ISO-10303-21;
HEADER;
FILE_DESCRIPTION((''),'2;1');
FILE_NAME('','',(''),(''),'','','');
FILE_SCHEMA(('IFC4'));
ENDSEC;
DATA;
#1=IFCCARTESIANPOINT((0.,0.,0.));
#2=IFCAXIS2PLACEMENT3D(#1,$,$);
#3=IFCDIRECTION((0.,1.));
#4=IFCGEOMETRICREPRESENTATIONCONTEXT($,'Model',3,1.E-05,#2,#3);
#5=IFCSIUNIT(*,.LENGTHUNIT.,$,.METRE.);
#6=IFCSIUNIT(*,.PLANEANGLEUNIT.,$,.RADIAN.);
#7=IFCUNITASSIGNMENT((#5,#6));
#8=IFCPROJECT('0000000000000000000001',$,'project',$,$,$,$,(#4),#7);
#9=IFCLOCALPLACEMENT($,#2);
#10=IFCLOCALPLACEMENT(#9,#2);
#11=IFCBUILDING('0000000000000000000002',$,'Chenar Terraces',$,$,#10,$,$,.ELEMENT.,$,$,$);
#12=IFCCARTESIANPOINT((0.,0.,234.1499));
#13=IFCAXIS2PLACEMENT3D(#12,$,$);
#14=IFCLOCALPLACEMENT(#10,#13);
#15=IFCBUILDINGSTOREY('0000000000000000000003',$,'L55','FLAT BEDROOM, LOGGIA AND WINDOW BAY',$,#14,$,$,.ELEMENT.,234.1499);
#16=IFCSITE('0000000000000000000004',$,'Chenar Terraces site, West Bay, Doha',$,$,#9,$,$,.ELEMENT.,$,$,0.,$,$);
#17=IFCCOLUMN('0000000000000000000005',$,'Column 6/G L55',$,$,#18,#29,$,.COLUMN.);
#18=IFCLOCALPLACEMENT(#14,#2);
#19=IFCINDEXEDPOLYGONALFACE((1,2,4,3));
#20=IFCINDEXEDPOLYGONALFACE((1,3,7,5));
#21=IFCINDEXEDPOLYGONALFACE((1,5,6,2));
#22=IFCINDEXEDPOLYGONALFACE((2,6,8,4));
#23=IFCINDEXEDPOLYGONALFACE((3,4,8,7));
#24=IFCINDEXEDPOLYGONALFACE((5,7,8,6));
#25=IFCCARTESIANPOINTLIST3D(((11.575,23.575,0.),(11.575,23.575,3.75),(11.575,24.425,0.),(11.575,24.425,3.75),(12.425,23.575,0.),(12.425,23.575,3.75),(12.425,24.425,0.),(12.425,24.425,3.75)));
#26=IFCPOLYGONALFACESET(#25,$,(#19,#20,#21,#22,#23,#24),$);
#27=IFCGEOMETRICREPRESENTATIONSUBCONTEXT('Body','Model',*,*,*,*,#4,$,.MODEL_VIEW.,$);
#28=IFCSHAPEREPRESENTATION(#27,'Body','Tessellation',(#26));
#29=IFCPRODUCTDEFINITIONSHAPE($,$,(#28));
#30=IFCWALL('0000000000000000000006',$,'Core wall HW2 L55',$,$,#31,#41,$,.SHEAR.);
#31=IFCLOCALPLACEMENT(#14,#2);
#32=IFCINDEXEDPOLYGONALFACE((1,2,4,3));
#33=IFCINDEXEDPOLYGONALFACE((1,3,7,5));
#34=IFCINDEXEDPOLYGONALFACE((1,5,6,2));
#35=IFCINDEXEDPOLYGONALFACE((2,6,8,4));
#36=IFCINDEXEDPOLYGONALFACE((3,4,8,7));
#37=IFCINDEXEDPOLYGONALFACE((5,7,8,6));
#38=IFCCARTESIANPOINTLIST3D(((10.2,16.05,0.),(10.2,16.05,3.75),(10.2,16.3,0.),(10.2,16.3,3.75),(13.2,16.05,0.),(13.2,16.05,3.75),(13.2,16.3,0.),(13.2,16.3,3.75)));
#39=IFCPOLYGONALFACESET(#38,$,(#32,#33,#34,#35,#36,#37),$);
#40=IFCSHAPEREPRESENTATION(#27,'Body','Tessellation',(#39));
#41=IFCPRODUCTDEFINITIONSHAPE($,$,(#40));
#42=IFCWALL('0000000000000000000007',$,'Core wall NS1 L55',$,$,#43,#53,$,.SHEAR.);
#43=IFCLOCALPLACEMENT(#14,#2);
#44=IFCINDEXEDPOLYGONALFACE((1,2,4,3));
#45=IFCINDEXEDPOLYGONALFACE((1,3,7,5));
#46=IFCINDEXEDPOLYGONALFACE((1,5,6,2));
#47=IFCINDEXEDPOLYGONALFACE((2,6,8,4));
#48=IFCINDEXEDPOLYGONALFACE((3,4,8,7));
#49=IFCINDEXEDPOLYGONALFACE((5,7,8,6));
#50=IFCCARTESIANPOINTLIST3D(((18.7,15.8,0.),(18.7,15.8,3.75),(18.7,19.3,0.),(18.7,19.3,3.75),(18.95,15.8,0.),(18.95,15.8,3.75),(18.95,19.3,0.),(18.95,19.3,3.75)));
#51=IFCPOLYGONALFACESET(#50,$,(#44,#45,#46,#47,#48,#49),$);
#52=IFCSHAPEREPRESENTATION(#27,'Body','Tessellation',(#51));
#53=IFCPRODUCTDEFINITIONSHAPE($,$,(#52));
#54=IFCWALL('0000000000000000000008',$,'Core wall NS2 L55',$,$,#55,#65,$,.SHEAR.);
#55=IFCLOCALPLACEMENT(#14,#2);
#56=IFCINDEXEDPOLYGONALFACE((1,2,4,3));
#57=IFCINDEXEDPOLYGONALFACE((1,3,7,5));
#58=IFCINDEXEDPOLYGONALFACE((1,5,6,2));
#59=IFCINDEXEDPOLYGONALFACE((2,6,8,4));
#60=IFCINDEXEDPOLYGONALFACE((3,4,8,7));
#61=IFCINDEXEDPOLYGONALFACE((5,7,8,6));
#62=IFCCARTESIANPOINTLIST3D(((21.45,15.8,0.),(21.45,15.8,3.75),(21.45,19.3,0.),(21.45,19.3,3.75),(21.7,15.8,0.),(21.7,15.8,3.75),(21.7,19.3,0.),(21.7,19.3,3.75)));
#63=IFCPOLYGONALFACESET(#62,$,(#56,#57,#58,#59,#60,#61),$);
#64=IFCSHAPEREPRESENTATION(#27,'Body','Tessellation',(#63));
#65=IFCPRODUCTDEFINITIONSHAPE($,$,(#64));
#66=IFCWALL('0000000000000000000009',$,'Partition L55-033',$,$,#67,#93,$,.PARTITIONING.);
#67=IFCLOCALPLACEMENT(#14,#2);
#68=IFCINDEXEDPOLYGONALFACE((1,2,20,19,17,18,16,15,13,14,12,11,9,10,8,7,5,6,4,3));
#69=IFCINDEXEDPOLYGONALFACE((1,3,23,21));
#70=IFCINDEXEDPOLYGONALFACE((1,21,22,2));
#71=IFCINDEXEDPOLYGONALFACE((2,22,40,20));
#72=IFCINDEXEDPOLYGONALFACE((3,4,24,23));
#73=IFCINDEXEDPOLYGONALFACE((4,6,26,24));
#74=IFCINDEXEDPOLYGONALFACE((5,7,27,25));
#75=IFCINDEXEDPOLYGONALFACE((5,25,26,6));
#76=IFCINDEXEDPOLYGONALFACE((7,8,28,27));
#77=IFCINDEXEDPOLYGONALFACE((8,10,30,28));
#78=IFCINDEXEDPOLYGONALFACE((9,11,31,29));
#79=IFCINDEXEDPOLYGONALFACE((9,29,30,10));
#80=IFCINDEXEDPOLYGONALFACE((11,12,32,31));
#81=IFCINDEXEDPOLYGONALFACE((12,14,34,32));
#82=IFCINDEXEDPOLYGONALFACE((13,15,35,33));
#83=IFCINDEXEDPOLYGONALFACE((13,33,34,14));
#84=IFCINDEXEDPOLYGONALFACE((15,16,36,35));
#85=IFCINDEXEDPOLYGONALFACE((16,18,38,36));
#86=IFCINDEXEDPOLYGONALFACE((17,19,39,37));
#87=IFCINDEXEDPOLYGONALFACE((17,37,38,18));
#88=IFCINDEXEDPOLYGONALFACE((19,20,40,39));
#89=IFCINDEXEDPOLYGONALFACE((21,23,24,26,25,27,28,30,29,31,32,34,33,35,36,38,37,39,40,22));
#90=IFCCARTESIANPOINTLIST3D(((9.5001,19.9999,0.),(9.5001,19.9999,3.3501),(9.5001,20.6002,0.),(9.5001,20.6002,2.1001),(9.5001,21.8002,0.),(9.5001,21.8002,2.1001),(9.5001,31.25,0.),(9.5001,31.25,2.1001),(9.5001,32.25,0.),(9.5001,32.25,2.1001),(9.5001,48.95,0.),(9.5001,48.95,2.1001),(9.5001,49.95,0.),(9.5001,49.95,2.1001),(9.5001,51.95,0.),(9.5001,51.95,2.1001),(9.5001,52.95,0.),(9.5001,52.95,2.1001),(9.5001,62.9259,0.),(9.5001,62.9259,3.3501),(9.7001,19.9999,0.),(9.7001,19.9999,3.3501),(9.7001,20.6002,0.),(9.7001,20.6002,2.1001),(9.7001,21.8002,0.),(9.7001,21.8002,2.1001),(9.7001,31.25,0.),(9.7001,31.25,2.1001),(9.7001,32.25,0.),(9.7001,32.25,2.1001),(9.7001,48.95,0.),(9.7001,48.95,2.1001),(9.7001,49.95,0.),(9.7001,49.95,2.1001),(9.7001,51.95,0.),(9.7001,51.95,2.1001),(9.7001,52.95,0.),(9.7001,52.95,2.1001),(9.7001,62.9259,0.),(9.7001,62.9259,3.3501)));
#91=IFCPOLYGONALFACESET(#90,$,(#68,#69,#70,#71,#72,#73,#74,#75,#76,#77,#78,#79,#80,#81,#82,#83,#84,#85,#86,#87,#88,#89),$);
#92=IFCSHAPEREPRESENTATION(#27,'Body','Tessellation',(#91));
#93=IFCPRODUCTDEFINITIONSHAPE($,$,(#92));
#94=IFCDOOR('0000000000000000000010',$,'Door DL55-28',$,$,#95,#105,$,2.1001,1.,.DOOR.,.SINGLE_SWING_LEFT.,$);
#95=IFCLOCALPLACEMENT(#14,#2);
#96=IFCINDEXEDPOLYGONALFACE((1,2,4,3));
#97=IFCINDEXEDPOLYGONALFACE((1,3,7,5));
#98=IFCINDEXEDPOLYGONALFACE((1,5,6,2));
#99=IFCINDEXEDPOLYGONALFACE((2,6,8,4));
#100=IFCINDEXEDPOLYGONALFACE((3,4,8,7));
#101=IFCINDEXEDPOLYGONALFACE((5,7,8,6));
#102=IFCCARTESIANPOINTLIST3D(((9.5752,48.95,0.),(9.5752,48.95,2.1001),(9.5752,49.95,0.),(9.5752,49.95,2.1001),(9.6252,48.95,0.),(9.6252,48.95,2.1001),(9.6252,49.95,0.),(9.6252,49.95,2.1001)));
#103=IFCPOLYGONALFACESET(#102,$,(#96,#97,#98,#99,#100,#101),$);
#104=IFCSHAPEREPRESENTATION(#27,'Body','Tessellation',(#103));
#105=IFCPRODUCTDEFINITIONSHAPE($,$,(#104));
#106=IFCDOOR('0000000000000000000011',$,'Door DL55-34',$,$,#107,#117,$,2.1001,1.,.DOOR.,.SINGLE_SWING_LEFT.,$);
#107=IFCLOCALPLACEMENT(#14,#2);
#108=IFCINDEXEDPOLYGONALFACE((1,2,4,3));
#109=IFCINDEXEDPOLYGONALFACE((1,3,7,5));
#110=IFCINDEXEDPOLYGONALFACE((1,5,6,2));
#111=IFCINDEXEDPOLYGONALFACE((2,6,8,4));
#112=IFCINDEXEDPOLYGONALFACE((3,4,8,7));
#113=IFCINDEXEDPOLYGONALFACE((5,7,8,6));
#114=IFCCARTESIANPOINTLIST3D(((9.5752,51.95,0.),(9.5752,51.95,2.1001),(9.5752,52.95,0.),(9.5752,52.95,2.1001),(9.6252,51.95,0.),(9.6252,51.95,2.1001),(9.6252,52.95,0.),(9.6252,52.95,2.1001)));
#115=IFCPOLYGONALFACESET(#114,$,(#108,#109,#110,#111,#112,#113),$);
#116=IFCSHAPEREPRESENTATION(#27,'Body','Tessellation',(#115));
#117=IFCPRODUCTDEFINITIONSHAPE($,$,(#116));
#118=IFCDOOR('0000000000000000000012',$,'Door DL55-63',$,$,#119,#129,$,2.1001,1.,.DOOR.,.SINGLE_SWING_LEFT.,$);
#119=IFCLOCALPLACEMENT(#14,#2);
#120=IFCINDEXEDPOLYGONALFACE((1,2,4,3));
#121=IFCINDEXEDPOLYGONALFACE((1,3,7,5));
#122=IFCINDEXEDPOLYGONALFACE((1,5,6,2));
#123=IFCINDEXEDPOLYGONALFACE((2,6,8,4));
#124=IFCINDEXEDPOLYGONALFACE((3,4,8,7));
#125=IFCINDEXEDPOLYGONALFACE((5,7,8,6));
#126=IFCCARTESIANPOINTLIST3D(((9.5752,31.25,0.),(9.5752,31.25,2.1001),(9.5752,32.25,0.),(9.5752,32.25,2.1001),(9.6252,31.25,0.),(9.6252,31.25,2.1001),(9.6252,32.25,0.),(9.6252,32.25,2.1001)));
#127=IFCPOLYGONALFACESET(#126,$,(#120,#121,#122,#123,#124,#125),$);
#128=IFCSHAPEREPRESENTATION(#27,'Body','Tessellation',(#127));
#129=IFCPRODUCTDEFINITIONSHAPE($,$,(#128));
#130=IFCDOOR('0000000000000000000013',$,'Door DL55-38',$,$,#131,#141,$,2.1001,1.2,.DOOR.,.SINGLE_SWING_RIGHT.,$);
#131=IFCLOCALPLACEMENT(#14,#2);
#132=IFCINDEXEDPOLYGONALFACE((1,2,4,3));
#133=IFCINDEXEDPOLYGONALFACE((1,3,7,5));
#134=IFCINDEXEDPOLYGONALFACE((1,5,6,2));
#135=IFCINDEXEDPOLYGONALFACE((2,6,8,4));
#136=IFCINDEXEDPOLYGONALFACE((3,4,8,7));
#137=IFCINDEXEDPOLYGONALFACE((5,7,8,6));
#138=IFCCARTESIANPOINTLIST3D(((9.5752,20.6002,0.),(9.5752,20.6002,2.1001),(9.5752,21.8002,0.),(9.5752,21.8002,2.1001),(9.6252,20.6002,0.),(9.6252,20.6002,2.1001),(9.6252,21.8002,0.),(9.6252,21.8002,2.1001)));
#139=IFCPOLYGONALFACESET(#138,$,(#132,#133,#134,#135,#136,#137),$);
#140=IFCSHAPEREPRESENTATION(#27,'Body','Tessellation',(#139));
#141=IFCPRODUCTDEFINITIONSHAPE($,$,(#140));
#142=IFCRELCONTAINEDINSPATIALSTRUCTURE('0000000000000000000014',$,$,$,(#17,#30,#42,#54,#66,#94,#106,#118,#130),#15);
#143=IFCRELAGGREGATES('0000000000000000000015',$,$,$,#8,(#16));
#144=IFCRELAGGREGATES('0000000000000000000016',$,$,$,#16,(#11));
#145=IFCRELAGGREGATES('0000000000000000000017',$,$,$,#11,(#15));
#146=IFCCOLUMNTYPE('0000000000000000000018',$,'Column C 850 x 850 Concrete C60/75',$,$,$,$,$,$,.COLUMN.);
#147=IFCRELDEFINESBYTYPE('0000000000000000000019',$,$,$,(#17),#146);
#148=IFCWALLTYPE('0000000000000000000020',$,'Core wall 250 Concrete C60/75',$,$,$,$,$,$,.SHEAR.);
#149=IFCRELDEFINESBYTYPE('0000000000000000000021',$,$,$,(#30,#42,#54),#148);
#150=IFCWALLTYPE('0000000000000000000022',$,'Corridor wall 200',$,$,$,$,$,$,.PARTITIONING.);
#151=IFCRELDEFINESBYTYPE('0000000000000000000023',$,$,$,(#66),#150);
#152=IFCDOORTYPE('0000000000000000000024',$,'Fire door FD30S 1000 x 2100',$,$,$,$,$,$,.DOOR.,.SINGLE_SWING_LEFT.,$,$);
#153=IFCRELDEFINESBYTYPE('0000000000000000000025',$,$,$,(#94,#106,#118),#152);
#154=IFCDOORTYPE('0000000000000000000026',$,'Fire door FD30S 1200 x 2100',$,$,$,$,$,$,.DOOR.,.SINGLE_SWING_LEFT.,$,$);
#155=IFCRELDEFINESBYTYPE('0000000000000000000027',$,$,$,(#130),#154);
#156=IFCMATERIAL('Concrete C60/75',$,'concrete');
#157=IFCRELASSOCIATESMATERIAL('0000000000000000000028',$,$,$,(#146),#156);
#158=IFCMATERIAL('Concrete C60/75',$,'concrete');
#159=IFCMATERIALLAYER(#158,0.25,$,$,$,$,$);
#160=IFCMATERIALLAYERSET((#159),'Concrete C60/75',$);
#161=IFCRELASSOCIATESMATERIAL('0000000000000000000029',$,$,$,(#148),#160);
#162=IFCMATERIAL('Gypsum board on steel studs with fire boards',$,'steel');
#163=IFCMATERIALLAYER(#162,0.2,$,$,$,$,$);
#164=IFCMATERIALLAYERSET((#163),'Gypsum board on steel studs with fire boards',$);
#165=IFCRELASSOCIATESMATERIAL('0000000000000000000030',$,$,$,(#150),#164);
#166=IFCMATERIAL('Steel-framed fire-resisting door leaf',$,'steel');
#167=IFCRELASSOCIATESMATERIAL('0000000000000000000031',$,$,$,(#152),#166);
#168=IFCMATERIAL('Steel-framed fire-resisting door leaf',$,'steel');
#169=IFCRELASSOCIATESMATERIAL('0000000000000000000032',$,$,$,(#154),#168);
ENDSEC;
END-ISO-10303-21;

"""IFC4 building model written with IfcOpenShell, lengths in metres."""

from ifc_helpers import new_model, si_unit, direction, frame, frame_2d, origin, origin_2d, place, context, subcontext, project, spatial, rectangle, extrude, material, layer, layer_set, material_profile, profile_set, type_object, element, fill, save


model = new_model("IFC4")

# Units and contexts
model_context = context("Model", 3, precision=1e-05, world=origin(), true_north=direction((0.0, 1.0)))
body_context = subcontext(model_context, "Body", "Model", "MODEL_VIEW")
ifc_project = project(units=[si_unit("LENGTHUNIT", "METRE"), si_unit("PLANEANGLEUNIT", "RADIAN")], contexts=[model_context])

# Site, building, storey
site_placement = place(None, origin())
site = spatial("IfcSite", under=ifc_project, at=site_placement, Name="Chenar Terraces site, West Bay, Doha", CompositionType="ELEMENT", RefElevation=0.0)
building_placement = place(site_placement, origin())
building = spatial("IfcBuilding", under=site, at=building_placement, Name="Chenar Terraces", CompositionType="ELEMENT")
storey_placement = place(building_placement, frame((0.0, 0.0, 234.1499)))
storey = spatial("IfcBuildingStorey", under=building, at=storey_placement, Name="L55", Description="FLAT BEDROOM, LOGGIA AND WINDOW BAY", CompositionType="ELEMENT", Elevation=234.1499)

# Column
ifc_material_1 = material(Name="Concrete C60/75", Category="concrete")
ifc_material_profile = material_profile(ifc_material_1, rectangle(XDim=0.8501, YDim=0.8501, at=origin_2d()), Name="C 850 x 850")
ifc_profile_set = profile_set([ifc_material_profile], Name="Concrete C60/75")
column_type = type_object("IfcColumnType", Name="Column C 850 x 850 Concrete C60/75", PredefinedType="COLUMN", material=ifc_profile_set)
column_placement = place(storey_placement, frame((12.0, 24.0, 0.0), z_axis=(0.0, 0.0, 1.0), x_axis=(1.0, 0.0, 0.0)))
element("IfcColumn", 1, at=column_placement, inside=storey, type_object=column_type, Name="Column 6/G L55", PredefinedType="COLUMN", context=body_context, shape_type="SweptSolid", body=[
    extrude(rectangle(XDim=0.8501, YDim=0.8501, at=origin_2d()), origin(), (0.0, 0.0, 1.0), 3.75),
])

# Walls
ifc_material_2 = material(Name="Concrete C60/75", Category="concrete")
ifc_layer_1 = layer(ifc_material_2, 0.25)
ifc_layer_set_1 = layer_set([ifc_layer_1], Name="Concrete C60/75")
wall_type_1 = type_object("IfcWallType", Name="Core wall 250 Concrete C60/75", PredefinedType="SHEAR", material=ifc_layer_set_1)
wall_1_placement = place(storey_placement, frame((10.2, 16.175, 0.0), z_axis=(0.0, 0.0, 1.0), x_axis=(1.0, 0.0, 0.0)))
element("IfcWall", 2, at=wall_1_placement, inside=storey, type_object=wall_type_1, Name="Core wall HW2 L55", PredefinedType="SHEAR", context=body_context, shape_type="SweptSolid", body=[
    extrude(rectangle(XDim=3.0, YDim=0.25, at=frame_2d((1.5, 0.0))), origin(), (0.0, 0.0, 1.0), 3.75),
])
for number, where, z_axis, x_axis, name in (
    (3, (18.825, 15.8, 0.0), (0.0, 0.0, 1.0), (0.0, 1.0, 0.0), "Core wall NS1 L55"),
    (4, (21.575, 15.8, 0.0), (0.0, 0.0, 1.0), (0.0, 1.0, 0.0), "Core wall NS2 L55"),
):
    element("IfcWall", number, at=place(storey_placement, frame(where, z_axis=z_axis, x_axis=x_axis)), inside=storey, type_object=wall_type_1, Name=name, PredefinedType="SHEAR", context=body_context, shape_type="SweptSolid", body=[
        extrude(rectangle(XDim=3.5, YDim=0.25, at=frame_2d((1.75, 0.0))), origin(), (0.0, 0.0, 1.0), 3.75),
    ])

# Wall, openings, doors
ifc_material_3 = material(Name="Gypsum board on steel studs with fire boards", Category="steel")
ifc_layer_2 = layer(ifc_material_3, 0.2)
ifc_layer_set_2 = layer_set([ifc_layer_2], Name="Gypsum board on steel studs with fire boards")
wall_type_2 = type_object("IfcWallType", Name="Corridor wall 200", PredefinedType="PARTITIONING", material=ifc_layer_set_2)
wall_2_placement = place(storey_placement, frame((9.6001, 20.0, 0.0), z_axis=(0.0, 0.0, 1.0), x_axis=(0.0, 1.0, 0.0)))
wall_2 = element("IfcWall", 5, at=wall_2_placement, inside=storey, type_object=wall_type_2, Name="Partition L55-033", PredefinedType="PARTITIONING", context=body_context, shape_type="SweptSolid", body=[
    extrude(rectangle(XDim=42.926, YDim=0.2, at=frame_2d((21.4629, 0.0))), origin(), (0.0, 0.0, 1.0), 3.3501),
])
opening_1_placement = place(wall_2_placement, frame((28.95, 0.0, 0.0)))
opening_1 = element("IfcOpeningElement", 6, at=opening_1_placement, cuts=wall_2, PredefinedType="OPENING", context=body_context, shape_type="SweptSolid", body=[
    extrude(rectangle(XDim=1.0, YDim=2.1001, at=frame_2d((0.5, 1.05))), frame((0.0, 0.1099, 0.0), z_axis=(0.0, -1.0, 0.0), x_axis=(1.0, 0.0, 0.0)), (0.0, 0.0, 1.0), 0.22),
])
opening_2_placement = place(wall_2_placement, frame((31.95, 0.0, 0.0)))
opening_2 = element("IfcOpeningElement", 7, at=opening_2_placement, cuts=wall_2, PredefinedType="OPENING", context=body_context, shape_type="SweptSolid", body=[
    extrude(rectangle(XDim=1.0, YDim=2.1001, at=frame_2d((0.5, 1.05))), frame((0.0, 0.1099, 0.0), z_axis=(0.0, -1.0, 0.0), x_axis=(1.0, 0.0, 0.0)), (0.0, 0.0, 1.0), 0.22),
])
opening_3_placement = place(wall_2_placement, frame((0.6001, 0.0, 0.0)))
opening_3 = element("IfcOpeningElement", 8, at=opening_3_placement, cuts=wall_2, PredefinedType="OPENING", context=body_context, shape_type="SweptSolid", body=[
    extrude(rectangle(XDim=1.2, YDim=2.1001, at=frame_2d((0.6001, 1.05))), frame((0.0, 0.1099, 0.0), z_axis=(0.0, -1.0, 0.0), x_axis=(1.0, 0.0, 0.0)), (0.0, 0.0, 1.0), 0.22),
])
opening_4_placement = place(wall_2_placement, frame((11.25, 0.0, 0.0)))
opening_4 = element("IfcOpeningElement", 9, at=opening_4_placement, cuts=wall_2, PredefinedType="OPENING", context=body_context, shape_type="SweptSolid", body=[
    extrude(rectangle(XDim=1.0, YDim=2.1001, at=frame_2d((0.5, 1.05))), frame((0.0, 0.1099, 0.0), z_axis=(0.0, -1.0, 0.0), x_axis=(1.0, 0.0, 0.0)), (0.0, 0.0, 1.0), 0.22),
])
ifc_material_4 = material(Name="Steel-framed fire-resisting door leaf", Category="steel")
door_type_1 = type_object("IfcDoorType", Name="Fire door FD30S 1000 x 2100", OperationType="SINGLE_SWING_LEFT", PredefinedType="DOOR", material=ifc_material_4)
door_1_placement = place(opening_1_placement, origin())
door_1 = element("IfcDoor", 10, at=door_1_placement, inside=storey, type_object=door_type_1, Name="Door DL55-28", OperationType="SINGLE_SWING_LEFT", OverallHeight=2.1001, OverallWidth=1.0, PredefinedType="DOOR", context=body_context, shape_type="SweptSolid", body=[
    extrude(rectangle(XDim=1.0, YDim=2.1001, at=frame_2d((0.5, 1.05))), frame((0.0, 0.0249, 0.0), z_axis=(0.0, -1.0, 0.0), x_axis=(1.0, 0.0, 0.0)), (0.0, 0.0, 1.0), 0.05),
])
fill(opening_1, door_1)
door_2_placement = place(opening_2_placement, origin())
door_2 = element("IfcDoor", 11, at=door_2_placement, inside=storey, type_object=door_type_1, Name="Door DL55-34", OperationType="SINGLE_SWING_LEFT", OverallHeight=2.1001, OverallWidth=1.0, PredefinedType="DOOR", context=body_context, shape_type="SweptSolid", body=[
    extrude(rectangle(XDim=1.0, YDim=2.1001, at=frame_2d((0.5, 1.05))), frame((0.0, 0.0249, 0.0), z_axis=(0.0, -1.0, 0.0), x_axis=(1.0, 0.0, 0.0)), (0.0, 0.0, 1.0), 0.05),
])
fill(opening_2, door_2)
door_3_placement = place(opening_4_placement, origin())
door_3 = element("IfcDoor", 12, at=door_3_placement, inside=storey, type_object=door_type_1, Name="Door DL55-63", OperationType="SINGLE_SWING_LEFT", OverallHeight=2.1001, OverallWidth=1.0, PredefinedType="DOOR", context=body_context, shape_type="SweptSolid", body=[
    extrude(rectangle(XDim=1.0, YDim=2.1001, at=frame_2d((0.5, 1.05))), frame((0.0, 0.0249, 0.0), z_axis=(0.0, -1.0, 0.0), x_axis=(1.0, 0.0, 0.0)), (0.0, 0.0, 1.0), 0.05),
])
fill(opening_4, door_3)
ifc_material_5 = material(Name="Steel-framed fire-resisting door leaf", Category="steel")
door_type_2 = type_object("IfcDoorType", Name="Fire door FD30S 1200 x 2100", OperationType="SINGLE_SWING_LEFT", PredefinedType="DOOR", material=ifc_material_5)
door_4_placement = place(opening_3_placement, origin())
door_4 = element("IfcDoor", 13, at=door_4_placement, inside=storey, type_object=door_type_2, Name="Door DL55-38", OperationType="SINGLE_SWING_RIGHT", OverallHeight=2.1001, OverallWidth=1.2, PredefinedType="DOOR", context=body_context, shape_type="SweptSolid", body=[
    extrude(rectangle(XDim=1.2, YDim=2.1001, at=frame_2d((0.6001, 1.05))), frame((0.0, 0.0249, 0.0), z_axis=(0.0, -1.0, 0.0), x_axis=(1.0, 0.0, 0.0)), (0.0, 0.0, 1.0), 0.05),
])
fill(opening_3, door_4)

save(model, "model.ifc")
